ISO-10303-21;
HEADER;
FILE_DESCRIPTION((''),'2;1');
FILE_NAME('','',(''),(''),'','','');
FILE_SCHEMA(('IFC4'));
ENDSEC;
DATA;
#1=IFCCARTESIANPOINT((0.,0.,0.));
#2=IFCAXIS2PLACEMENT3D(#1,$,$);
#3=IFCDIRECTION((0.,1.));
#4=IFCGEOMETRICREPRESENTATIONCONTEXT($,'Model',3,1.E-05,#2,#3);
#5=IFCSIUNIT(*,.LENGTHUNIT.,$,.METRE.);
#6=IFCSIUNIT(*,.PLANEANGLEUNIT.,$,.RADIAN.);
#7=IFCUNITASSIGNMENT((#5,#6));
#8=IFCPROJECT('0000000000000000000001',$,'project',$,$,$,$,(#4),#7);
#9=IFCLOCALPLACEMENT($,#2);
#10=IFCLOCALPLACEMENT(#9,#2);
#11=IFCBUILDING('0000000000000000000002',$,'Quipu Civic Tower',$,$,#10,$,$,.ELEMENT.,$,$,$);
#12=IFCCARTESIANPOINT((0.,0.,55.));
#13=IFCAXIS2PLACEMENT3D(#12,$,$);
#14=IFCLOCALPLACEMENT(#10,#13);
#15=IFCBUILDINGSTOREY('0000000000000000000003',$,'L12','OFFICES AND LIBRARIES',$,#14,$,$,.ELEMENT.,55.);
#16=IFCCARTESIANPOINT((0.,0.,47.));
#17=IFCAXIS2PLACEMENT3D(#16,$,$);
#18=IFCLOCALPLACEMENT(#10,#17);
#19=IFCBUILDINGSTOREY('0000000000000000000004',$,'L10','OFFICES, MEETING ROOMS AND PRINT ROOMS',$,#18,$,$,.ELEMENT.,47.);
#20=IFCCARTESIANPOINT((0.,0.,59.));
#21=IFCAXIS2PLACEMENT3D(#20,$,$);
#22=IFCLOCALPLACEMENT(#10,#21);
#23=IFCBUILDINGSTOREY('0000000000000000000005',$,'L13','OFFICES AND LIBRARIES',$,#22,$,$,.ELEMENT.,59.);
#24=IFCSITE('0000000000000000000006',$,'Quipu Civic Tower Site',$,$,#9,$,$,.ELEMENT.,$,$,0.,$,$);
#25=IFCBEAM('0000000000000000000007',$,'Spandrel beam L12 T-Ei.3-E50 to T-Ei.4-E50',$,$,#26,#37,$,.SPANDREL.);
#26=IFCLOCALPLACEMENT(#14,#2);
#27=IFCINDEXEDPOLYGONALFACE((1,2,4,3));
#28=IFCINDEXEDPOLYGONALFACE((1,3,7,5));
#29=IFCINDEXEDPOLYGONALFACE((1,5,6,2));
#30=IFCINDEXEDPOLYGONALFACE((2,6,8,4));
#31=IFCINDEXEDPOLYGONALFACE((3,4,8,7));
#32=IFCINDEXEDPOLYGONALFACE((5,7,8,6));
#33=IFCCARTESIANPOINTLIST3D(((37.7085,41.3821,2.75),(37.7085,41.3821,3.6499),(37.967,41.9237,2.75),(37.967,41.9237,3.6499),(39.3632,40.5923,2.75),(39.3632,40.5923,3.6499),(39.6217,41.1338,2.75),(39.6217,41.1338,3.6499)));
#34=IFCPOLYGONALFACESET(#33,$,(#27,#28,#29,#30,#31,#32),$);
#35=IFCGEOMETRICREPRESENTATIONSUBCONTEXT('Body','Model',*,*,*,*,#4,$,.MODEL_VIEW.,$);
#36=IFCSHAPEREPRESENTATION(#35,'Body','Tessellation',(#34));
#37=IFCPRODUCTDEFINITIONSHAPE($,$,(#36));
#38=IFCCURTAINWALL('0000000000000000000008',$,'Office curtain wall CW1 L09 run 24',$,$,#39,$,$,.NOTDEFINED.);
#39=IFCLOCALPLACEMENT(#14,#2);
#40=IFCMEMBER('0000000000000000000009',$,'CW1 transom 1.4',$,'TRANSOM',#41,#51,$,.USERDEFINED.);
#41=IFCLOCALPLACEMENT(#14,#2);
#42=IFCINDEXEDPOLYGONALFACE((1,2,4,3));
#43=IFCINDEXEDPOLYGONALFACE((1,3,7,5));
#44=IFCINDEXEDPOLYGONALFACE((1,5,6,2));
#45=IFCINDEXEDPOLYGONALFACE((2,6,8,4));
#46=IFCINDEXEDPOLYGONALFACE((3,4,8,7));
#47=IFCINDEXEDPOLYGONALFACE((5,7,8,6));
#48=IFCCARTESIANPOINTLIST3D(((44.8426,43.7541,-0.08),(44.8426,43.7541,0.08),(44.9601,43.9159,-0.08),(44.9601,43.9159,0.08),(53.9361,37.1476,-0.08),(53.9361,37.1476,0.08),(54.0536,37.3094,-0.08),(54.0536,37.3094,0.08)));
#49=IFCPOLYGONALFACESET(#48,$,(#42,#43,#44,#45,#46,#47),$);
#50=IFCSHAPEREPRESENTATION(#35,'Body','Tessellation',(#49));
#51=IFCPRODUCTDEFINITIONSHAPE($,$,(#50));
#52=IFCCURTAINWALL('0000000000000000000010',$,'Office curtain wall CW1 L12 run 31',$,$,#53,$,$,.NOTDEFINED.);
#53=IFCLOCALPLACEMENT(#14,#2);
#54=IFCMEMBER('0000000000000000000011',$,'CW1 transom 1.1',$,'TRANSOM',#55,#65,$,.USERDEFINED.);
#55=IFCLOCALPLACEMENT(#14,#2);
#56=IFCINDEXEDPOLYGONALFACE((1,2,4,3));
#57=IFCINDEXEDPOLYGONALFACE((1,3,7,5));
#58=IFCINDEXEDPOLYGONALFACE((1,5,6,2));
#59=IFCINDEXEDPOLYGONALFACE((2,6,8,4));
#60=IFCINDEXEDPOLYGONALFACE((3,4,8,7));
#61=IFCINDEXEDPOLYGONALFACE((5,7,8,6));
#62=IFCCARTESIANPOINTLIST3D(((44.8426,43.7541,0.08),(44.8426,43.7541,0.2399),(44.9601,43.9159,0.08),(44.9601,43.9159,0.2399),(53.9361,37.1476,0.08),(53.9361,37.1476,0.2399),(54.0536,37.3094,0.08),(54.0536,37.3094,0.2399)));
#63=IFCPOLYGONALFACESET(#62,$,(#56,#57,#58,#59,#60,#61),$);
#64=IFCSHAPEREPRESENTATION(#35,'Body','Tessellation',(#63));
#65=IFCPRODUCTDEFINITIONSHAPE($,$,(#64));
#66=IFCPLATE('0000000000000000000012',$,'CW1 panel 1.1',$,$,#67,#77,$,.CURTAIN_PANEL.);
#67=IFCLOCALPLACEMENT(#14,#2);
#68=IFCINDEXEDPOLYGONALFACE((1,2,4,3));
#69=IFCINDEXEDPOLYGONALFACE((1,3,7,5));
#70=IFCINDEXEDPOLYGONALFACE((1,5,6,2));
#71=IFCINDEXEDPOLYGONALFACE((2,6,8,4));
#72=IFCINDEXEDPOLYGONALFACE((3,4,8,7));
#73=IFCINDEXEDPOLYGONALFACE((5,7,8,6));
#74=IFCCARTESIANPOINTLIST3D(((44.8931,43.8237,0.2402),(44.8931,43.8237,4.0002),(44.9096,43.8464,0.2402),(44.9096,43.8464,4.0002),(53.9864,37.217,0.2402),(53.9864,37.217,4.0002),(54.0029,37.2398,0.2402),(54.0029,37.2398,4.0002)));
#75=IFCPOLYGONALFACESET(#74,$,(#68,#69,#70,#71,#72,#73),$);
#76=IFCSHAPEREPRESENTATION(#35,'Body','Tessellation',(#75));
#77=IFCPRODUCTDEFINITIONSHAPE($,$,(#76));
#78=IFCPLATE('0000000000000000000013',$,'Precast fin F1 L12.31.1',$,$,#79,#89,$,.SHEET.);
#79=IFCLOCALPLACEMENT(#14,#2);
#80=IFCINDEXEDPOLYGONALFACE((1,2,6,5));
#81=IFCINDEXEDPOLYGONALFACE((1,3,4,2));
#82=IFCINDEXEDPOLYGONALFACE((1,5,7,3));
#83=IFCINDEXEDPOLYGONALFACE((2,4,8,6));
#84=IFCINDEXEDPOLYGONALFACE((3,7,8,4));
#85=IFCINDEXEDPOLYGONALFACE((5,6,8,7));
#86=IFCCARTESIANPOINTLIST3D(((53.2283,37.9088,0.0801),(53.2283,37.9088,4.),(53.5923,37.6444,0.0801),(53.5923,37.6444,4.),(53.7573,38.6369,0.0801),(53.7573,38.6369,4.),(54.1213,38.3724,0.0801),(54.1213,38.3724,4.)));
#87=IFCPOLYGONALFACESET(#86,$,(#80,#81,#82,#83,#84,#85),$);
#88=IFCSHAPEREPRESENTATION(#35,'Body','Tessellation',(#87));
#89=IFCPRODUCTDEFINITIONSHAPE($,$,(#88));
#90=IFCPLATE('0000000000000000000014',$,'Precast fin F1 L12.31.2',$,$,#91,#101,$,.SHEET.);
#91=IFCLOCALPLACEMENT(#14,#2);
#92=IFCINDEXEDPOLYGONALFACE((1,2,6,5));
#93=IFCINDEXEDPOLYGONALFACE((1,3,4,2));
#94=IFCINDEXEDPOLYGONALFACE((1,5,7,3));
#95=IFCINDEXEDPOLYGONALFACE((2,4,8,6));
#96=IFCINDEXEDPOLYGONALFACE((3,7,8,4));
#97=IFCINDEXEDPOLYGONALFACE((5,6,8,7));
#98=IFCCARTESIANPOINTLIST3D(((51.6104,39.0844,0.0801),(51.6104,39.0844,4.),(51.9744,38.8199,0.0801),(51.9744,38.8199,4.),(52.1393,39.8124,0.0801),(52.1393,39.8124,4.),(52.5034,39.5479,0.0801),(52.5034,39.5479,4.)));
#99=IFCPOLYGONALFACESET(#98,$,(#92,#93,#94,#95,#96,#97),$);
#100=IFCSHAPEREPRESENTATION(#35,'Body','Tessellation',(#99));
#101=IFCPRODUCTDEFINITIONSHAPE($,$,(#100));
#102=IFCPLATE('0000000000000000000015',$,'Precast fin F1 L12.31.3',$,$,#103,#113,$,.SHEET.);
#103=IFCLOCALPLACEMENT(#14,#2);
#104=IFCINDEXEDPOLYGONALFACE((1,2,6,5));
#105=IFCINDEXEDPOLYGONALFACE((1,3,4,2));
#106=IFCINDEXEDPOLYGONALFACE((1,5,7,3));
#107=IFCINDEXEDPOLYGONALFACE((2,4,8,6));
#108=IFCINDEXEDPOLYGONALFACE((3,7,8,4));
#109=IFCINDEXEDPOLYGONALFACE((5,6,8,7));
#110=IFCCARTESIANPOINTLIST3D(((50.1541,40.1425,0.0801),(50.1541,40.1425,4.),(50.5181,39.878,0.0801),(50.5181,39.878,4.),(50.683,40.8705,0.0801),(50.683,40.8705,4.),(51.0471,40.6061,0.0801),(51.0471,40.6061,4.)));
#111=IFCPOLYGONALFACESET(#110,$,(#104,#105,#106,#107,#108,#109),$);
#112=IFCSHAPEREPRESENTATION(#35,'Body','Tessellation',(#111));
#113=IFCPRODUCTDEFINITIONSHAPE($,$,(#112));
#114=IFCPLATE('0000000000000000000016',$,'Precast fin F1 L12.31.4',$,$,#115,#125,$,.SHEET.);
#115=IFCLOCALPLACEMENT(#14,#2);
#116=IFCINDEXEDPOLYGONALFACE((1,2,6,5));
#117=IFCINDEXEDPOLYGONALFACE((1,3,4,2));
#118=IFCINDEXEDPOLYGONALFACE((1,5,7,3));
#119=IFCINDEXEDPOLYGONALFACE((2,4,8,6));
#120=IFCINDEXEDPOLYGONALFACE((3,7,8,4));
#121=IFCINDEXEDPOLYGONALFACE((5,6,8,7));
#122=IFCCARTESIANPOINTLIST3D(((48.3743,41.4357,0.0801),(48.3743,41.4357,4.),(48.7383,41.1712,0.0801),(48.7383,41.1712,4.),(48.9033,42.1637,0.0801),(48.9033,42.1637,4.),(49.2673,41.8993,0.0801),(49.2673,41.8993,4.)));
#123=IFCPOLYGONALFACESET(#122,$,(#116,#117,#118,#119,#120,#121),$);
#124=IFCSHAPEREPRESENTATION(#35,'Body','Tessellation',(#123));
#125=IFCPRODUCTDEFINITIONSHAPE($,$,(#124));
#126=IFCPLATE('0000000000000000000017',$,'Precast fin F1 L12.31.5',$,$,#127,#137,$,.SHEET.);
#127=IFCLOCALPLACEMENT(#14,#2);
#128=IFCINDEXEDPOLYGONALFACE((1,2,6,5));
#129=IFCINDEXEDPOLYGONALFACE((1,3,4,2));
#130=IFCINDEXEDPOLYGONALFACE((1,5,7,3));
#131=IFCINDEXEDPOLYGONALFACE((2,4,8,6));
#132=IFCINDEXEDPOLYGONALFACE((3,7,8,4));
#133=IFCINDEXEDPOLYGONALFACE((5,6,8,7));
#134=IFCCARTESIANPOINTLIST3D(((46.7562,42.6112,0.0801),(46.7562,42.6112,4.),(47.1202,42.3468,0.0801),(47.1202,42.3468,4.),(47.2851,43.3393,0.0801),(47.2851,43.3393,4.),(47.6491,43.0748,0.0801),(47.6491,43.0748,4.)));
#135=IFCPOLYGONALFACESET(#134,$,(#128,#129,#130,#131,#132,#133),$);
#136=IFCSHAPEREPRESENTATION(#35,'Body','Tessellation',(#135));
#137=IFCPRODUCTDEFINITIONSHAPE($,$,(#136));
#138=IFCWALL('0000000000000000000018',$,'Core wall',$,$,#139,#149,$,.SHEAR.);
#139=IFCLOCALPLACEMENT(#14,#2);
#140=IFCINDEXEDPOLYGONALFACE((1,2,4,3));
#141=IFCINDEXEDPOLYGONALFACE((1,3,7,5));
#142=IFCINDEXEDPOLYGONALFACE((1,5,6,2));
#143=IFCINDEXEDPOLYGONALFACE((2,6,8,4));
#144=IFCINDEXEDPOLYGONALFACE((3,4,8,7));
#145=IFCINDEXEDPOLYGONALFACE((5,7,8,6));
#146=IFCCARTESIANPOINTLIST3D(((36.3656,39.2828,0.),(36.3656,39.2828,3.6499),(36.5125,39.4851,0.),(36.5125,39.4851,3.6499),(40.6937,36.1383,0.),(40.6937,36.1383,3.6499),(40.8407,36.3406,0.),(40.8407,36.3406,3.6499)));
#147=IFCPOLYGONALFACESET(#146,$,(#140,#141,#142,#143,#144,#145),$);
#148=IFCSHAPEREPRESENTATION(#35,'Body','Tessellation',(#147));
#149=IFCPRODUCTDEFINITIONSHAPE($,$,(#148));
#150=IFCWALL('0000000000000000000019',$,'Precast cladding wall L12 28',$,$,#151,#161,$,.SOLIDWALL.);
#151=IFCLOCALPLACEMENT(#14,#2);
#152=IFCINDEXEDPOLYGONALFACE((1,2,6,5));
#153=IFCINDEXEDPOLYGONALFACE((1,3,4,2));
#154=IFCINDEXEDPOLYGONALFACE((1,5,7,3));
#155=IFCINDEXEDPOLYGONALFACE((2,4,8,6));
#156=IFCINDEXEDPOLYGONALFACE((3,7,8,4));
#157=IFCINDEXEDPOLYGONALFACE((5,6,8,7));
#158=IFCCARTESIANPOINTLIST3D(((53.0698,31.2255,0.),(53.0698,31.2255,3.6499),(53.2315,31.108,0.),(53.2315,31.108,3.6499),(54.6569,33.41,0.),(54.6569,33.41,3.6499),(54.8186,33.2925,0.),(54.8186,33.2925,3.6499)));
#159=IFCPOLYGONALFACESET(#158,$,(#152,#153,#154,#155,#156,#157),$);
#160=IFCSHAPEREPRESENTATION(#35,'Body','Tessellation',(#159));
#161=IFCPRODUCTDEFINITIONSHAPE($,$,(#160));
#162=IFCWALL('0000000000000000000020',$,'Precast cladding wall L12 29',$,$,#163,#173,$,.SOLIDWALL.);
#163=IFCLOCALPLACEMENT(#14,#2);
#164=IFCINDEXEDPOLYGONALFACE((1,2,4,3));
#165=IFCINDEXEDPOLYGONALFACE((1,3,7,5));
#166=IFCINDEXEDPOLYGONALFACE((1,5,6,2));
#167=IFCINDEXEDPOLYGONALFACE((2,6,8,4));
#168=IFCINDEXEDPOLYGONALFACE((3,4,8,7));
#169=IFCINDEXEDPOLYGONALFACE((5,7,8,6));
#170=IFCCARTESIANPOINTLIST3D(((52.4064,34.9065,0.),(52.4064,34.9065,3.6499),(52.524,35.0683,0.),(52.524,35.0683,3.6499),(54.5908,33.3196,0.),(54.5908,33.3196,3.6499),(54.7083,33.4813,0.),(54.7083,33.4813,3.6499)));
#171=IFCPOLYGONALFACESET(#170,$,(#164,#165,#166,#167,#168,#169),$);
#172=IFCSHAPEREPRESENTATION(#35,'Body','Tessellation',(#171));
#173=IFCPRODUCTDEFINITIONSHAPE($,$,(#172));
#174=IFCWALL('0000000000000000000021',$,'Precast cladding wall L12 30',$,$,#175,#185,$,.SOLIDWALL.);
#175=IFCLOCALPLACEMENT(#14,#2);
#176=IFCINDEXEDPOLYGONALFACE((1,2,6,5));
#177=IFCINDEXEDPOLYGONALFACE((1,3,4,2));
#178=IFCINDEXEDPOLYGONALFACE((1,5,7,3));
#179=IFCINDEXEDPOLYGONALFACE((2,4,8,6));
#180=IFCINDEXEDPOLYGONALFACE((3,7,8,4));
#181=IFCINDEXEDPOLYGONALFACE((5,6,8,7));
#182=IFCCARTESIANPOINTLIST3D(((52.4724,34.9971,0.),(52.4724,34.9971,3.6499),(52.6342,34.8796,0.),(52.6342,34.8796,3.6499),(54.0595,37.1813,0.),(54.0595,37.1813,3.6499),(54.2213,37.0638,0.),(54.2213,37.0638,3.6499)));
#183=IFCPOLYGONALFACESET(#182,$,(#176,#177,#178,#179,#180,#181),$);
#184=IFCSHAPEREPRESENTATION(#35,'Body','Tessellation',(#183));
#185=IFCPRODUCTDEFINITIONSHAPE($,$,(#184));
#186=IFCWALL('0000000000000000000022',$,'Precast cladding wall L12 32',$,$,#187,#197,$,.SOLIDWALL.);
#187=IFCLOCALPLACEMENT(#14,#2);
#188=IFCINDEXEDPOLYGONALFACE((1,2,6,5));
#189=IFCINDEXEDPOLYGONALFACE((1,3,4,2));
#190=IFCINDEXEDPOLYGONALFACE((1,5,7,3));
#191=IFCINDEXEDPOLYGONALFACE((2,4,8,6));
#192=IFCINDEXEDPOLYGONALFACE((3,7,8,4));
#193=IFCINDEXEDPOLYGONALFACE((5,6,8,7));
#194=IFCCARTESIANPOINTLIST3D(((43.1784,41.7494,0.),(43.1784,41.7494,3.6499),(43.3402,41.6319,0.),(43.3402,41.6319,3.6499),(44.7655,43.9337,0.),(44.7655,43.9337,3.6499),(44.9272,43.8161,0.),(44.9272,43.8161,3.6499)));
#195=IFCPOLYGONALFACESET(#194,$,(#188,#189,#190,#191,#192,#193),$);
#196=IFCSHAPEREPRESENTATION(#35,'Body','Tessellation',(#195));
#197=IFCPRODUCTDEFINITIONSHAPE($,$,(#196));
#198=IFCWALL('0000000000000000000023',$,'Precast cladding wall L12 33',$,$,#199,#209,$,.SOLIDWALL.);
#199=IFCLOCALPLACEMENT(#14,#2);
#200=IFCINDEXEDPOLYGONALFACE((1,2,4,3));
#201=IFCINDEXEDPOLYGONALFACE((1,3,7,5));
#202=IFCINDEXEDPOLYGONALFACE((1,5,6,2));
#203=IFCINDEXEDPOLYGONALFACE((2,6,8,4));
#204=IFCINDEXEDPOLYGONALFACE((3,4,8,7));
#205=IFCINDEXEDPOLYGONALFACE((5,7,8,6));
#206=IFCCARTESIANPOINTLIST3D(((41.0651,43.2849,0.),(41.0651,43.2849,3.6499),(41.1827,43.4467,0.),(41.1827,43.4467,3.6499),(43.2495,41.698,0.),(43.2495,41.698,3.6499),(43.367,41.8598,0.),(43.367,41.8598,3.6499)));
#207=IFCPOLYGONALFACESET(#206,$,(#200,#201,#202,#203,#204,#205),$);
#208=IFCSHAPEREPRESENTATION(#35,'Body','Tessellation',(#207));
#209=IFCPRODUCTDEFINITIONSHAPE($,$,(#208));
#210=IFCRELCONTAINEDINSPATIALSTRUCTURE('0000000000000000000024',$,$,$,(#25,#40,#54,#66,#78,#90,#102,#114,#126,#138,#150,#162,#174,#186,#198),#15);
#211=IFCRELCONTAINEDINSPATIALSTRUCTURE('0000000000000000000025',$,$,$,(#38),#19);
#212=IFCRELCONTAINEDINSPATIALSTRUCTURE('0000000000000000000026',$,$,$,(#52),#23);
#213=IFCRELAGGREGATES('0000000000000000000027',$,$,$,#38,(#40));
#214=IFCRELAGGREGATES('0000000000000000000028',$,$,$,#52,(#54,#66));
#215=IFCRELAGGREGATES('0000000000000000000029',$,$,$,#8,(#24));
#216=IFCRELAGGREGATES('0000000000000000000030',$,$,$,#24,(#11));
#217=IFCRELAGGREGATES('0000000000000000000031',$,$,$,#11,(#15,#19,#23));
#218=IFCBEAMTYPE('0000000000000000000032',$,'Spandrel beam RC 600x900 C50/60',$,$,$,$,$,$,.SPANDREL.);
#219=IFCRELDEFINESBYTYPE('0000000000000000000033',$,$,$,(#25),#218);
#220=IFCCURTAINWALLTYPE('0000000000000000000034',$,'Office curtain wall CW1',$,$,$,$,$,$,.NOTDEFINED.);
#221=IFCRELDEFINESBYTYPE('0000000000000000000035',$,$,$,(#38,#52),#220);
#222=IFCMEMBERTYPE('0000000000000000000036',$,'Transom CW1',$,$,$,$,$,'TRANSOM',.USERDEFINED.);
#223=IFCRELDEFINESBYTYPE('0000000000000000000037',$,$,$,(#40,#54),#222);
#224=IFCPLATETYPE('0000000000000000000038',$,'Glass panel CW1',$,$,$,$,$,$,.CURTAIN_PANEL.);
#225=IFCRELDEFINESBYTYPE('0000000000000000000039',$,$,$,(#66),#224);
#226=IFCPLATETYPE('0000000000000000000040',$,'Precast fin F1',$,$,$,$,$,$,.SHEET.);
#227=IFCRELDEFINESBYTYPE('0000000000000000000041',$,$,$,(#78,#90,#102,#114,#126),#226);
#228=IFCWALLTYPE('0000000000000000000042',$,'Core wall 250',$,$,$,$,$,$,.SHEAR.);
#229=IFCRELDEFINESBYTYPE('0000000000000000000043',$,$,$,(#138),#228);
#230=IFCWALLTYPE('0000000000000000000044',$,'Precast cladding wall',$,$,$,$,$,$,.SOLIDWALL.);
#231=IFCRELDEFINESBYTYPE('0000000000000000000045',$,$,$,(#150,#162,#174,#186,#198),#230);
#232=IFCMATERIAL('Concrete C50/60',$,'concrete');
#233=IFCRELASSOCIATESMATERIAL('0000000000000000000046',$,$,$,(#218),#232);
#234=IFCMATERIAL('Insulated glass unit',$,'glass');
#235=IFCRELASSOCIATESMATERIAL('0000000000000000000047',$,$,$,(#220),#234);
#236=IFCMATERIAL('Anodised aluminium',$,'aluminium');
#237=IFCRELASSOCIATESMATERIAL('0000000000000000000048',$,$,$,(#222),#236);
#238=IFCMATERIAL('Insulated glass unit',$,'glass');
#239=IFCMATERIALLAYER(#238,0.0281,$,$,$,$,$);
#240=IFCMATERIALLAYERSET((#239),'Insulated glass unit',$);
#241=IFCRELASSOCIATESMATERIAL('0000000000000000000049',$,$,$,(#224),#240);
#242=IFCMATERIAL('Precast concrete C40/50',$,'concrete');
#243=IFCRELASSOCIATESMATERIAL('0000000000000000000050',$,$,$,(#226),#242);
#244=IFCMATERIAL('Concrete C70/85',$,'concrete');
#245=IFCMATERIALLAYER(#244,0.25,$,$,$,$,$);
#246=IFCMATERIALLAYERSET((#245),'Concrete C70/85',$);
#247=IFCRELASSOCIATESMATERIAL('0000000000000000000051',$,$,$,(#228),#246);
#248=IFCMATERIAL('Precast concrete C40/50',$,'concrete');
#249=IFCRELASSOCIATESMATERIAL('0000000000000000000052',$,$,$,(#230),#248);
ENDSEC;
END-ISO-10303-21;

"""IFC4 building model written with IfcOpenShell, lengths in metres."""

from ifc_helpers import new_model, si_unit, direction, frame, frame_2d, origin, origin_2d, place, context, subcontext, project, spatial, rectangle, extrude, material, layer, layer_set, material_profile, profile_set, type_object, element, aggregate, save


model = new_model("IFC4")

# Units and contexts
model_context = context("Model", 3, precision=1e-05, world=origin(), true_north=direction((0.0, 1.0)))
body_context = subcontext(model_context, "Body", "Model", "MODEL_VIEW")
ifc_project = project(units=[si_unit("LENGTHUNIT", "METRE"), si_unit("PLANEANGLEUNIT", "RADIAN")], contexts=[model_context])

# Site, building, storey
site_placement = place(None, origin())
site = spatial("IfcSite", under=ifc_project, at=site_placement, Name="Quipu Civic Tower Site", CompositionType="ELEMENT", RefElevation=0.0)
building_placement = place(site_placement, origin())
building = spatial("IfcBuilding", under=site, at=building_placement, Name="Quipu Civic Tower", CompositionType="ELEMENT")
storey_1_placement = place(building_placement, frame((0.0, 0.0, 55.0)))
storey_1 = spatial("IfcBuildingStorey", under=building, at=storey_1_placement, Name="L12", Description="OFFICES AND LIBRARIES", CompositionType="ELEMENT", Elevation=55.0)

# Beam
ifc_material_1 = material(Name="Concrete C50/60", Category="concrete")
ifc_material_profile_1 = material_profile(ifc_material_1, rectangle(XDim=0.6001, YDim=0.8999, at=origin_2d()), Name="RC600x900")
ifc_profile_set_1 = profile_set([ifc_material_profile_1], Name="Concrete C50/60")
beam_type = type_object("IfcBeamType", Name="Spandrel beam RC 600x900 C50/60", PredefinedType="SPANDREL", material=ifc_profile_set_1)
beam_1_placement = place(storey_1_placement, frame((39.4924, 40.863, 3.2), z_axis=(-0.902454, 0.430786, 0.0), x_axis=(-0.430786, -0.902454, 0.0)))
element("IfcBeam", 1, at=beam_1_placement, inside=storey_1, type_object=beam_type, Name="Spandrel beam L12 T-Ei.3-E50 to T-Ei.4-E50", PredefinedType="SPANDREL", context=body_context, shape_type="SweptSolid", body=[
    extrude(rectangle(XDim=0.6001, YDim=0.8999, at=origin_2d()), origin(), (0.0, 0.0, 1.0), 1.8335),
])

# Shared definitions
storey_2_placement = place(building_placement, frame((0.0, 0.0, 47.0)))
storey_2 = spatial("IfcBuildingStorey", under=building, at=storey_2_placement, Name="L10", Description="OFFICES, MEETING ROOMS AND PRINT ROOMS", CompositionType="ELEMENT", Elevation=47.0)

# Curtain wall, member
ifc_material_2 = material(Name="Insulated glass unit", Category="glass")
curtain_wall_type = type_object("IfcCurtainWallType", Name="Office curtain wall CW1", PredefinedType="NOTDEFINED", material=ifc_material_2)
curtain_wall_1_placement = place(storey_2_placement, origin())
curtain_wall_1 = element("IfcCurtainWall", 2, at=curtain_wall_1_placement, inside=storey_2, type_object=curtain_wall_type, Name="Office curtain wall CW1 L09 run 24", PredefinedType="NOTDEFINED")
ifc_material_3 = material(Name="Anodised aluminium", Category="aluminium")
ifc_material_profile_2 = material_profile(ifc_material_3, rectangle(XDim=0.2, YDim=0.1599, at=origin_2d()), Name="RECT 200x160")
ifc_profile_set_2 = profile_set([ifc_material_profile_2], Name="Anodised aluminium")
member_type = type_object("IfcMemberType", Name="Transom CW1", ElementType="TRANSOM", PredefinedType="USERDEFINED", material=ifc_profile_set_2)
member_1_placement = place(storey_1_placement, frame((53.9949, 37.2285, 0.0), z_axis=(-0.809033, 0.587764, 0.0), x_axis=(-0.587764, -0.809033, 0.0)))
member_1 = element("IfcMember", 3, at=member_1_placement, inside=storey_1, type_object=member_type, Name="CW1 transom 1.4", ObjectType="TRANSOM", PredefinedType="USERDEFINED", context=body_context, shape_type="SweptSolid", body=[
    extrude(rectangle(XDim=0.2, YDim=0.1599, at=origin_2d()), origin(), (0.0, 0.0, 1.0), 11.24),
])
aggregate(curtain_wall_1, [member_1])

# Shared definitions
storey_3_placement = place(building_placement, frame((0.0, 0.0, 59.0)))
storey_3 = spatial("IfcBuildingStorey", under=building, at=storey_3_placement, Name="L13", Description="OFFICES AND LIBRARIES", CompositionType="ELEMENT", Elevation=59.0)

# Curtain wall, member, plate
curtain_wall_2_placement = place(storey_3_placement, origin())
curtain_wall_2 = element("IfcCurtainWall", 4, at=curtain_wall_2_placement, inside=storey_3, type_object=curtain_wall_type, Name="Office curtain wall CW1 L12 run 31", PredefinedType="NOTDEFINED")
member_2_placement = place(storey_1_placement, frame((53.9949, 37.2285, 0.1599), z_axis=(-0.809033, 0.587764, 0.0), x_axis=(-0.587764, -0.809033, 0.0)))
member_2 = element("IfcMember", 5, at=member_2_placement, inside=storey_1, type_object=member_type, Name="CW1 transom 1.1", ObjectType="TRANSOM", PredefinedType="USERDEFINED", context=body_context, shape_type="SweptSolid", body=[
    extrude(rectangle(XDim=0.2, YDim=0.1599, at=origin_2d()), origin(), (0.0, 0.0, 1.0), 11.24),
])
ifc_material_4 = material(Name="Insulated glass unit", Category="glass")
ifc_layer_1 = layer(ifc_material_4, 0.0281)
ifc_layer_set_1 = layer_set([ifc_layer_1], Name="Insulated glass unit")
plate_type_1 = type_object("IfcPlateType", Name="Glass panel CW1", PredefinedType="CURTAIN_PANEL", material=ifc_layer_set_1)
plate_placement = place(storey_1_placement, frame((49.448, 40.5317, 0.2402), z_axis=(0.0, 0.0, 1.0), x_axis=(-0.809019, 0.587782, 0.0)))
plate = element("IfcPlate", 6, at=plate_placement, inside=storey_1, type_object=plate_type_1, Name="CW1 panel 1.1", PredefinedType="CURTAIN_PANEL", context=body_context, shape_type="SweptSolid", body=[
    extrude(rectangle(XDim=11.24, YDim=0.0281, at=origin_2d()), origin(), (0.0, 0.0, 1.0), 3.76),
])
aggregate(curtain_wall_2, [member_2, plate])

# Plates
ifc_material_5 = material(Name="Precast concrete C40/50", Category="concrete")
plate_type_2 = type_object("IfcPlateType", Name="Precast fin F1", PredefinedType="SHEET", material=ifc_material_5)
for number, where, z_axis, x_axis, name in (
    (7, (53.6748, 38.1406, 0.0801), (0.0, 0.0, 1.0), (-0.809021, 0.587779, 0.0), "Precast fin F1 L12.31.1"),
    (8, (52.0569, 39.3162, 0.0801), (0.0, 0.0, 1.0), (-0.809021, 0.587779, 0.0), "Precast fin F1 L12.31.2"),
    (9, (50.6006, 40.3743, 0.0801), (0.0, 0.0, 1.0), (-0.809021, 0.587779, 0.0), "Precast fin F1 L12.31.3"),
    (10, (48.8208, 41.6675, 0.0801), (0.0, 0.0, 1.0), (-0.809021, 0.587779, 0.0), "Precast fin F1 L12.31.4"),
    (11, (47.2026, 42.843, 0.0801), (0.0, 0.0, 1.0), (-0.809021, 0.587779, 0.0), "Precast fin F1 L12.31.5"),
):
    element("IfcPlate", number, at=place(storey_1_placement, frame(where, z_axis=z_axis, x_axis=x_axis)), inside=storey_1, type_object=plate_type_2, Name=name, PredefinedType="SHEET", context=body_context, shape_type="SweptSolid", body=[
        extrude(rectangle(XDim=0.45, YDim=0.8999, at=origin_2d()), origin(), (0.0, 0.0, 1.0), 3.9199),
    ])

# Walls
ifc_material_6 = material(Name="Concrete C70/85", Category="concrete")
ifc_layer_2 = layer(ifc_material_6, 0.25)
ifc_layer_set_2 = layer_set([ifc_layer_2], Name="Concrete C70/85")
wall_type_1 = type_object("IfcWallType", Name="Core wall 250", PredefinedType="SHEAR", material=ifc_layer_set_2)
wall_1_placement = place(storey_1_placement, frame((40.7671, 36.2395, 0.0), z_axis=(0.0, 0.0, 1.0), x_axis=(-0.80902, 0.587781, 0.0)))
element("IfcWall", 12, at=wall_1_placement, inside=storey_1, type_object=wall_type_1, Name="Core wall", PredefinedType="SHEAR", context=body_context, shape_type="SweptSolid", body=[
    extrude(rectangle(XDim=5.3499, YDim=0.25, at=frame_2d((2.6748, 0.0))), origin(), (0.0, 0.0, 1.0), 3.6499),
])
ifc_material_7 = material(Name="Precast concrete C40/50", Category="concrete")
wall_type_2 = type_object("IfcWallType", Name="Precast cladding wall", PredefinedType="SOLIDWALL", material=ifc_material_7)
wall_2_placement = place(storey_1_placement, frame((53.1506, 31.1667, 0.0), z_axis=(0.0, 0.0, 1.0), x_axis=(0.587779, 0.809021, 0.0)))
element("IfcWall", 13, at=wall_2_placement, inside=storey_1, type_object=wall_type_2, Name="Precast cladding wall L12 28", PredefinedType="SOLIDWALL", context=body_context, shape_type="SweptSolid", body=[
    extrude(rectangle(XDim=2.7002, YDim=0.2, at=frame_2d((1.3501, 0.0))), origin(), (0.0, 0.0, 1.0), 3.6499),
])
for number, where, z_axis, x_axis, name in (
    (14, (54.6497, 33.4004, 0.0), (0.0, 0.0, 1.0), (-0.809033, 0.587763, 0.0), "Precast cladding wall L12 29"),
    (15, (52.5532, 34.9382, 0.0), (0.0, 0.0, 1.0), (0.587822, 0.80899, 0.0), "Precast cladding wall L12 30"),
    (16, (44.8464, 43.875, 0.0), (0.0, 0.0, 1.0), (-0.587822, -0.80899, 0.0), "Precast cladding wall L12 32"),
    (17, (43.3083, 41.7788, 0.0), (0.0, 0.0, 1.0), (-0.809033, 0.587763, 0.0), "Precast cladding wall L12 33"),
):
    element("IfcWall", number, at=place(storey_1_placement, frame(where, z_axis=z_axis, x_axis=x_axis)), inside=storey_1, type_object=wall_type_2, Name=name, PredefinedType="SOLIDWALL", context=body_context, shape_type="SweptSolid", body=[
        extrude(rectangle(XDim=2.7, YDim=0.2, at=frame_2d((1.3501, 0.0))), origin(), (0.0, 0.0, 1.0), 3.6499),
    ])

save(model, "model.ifc")
